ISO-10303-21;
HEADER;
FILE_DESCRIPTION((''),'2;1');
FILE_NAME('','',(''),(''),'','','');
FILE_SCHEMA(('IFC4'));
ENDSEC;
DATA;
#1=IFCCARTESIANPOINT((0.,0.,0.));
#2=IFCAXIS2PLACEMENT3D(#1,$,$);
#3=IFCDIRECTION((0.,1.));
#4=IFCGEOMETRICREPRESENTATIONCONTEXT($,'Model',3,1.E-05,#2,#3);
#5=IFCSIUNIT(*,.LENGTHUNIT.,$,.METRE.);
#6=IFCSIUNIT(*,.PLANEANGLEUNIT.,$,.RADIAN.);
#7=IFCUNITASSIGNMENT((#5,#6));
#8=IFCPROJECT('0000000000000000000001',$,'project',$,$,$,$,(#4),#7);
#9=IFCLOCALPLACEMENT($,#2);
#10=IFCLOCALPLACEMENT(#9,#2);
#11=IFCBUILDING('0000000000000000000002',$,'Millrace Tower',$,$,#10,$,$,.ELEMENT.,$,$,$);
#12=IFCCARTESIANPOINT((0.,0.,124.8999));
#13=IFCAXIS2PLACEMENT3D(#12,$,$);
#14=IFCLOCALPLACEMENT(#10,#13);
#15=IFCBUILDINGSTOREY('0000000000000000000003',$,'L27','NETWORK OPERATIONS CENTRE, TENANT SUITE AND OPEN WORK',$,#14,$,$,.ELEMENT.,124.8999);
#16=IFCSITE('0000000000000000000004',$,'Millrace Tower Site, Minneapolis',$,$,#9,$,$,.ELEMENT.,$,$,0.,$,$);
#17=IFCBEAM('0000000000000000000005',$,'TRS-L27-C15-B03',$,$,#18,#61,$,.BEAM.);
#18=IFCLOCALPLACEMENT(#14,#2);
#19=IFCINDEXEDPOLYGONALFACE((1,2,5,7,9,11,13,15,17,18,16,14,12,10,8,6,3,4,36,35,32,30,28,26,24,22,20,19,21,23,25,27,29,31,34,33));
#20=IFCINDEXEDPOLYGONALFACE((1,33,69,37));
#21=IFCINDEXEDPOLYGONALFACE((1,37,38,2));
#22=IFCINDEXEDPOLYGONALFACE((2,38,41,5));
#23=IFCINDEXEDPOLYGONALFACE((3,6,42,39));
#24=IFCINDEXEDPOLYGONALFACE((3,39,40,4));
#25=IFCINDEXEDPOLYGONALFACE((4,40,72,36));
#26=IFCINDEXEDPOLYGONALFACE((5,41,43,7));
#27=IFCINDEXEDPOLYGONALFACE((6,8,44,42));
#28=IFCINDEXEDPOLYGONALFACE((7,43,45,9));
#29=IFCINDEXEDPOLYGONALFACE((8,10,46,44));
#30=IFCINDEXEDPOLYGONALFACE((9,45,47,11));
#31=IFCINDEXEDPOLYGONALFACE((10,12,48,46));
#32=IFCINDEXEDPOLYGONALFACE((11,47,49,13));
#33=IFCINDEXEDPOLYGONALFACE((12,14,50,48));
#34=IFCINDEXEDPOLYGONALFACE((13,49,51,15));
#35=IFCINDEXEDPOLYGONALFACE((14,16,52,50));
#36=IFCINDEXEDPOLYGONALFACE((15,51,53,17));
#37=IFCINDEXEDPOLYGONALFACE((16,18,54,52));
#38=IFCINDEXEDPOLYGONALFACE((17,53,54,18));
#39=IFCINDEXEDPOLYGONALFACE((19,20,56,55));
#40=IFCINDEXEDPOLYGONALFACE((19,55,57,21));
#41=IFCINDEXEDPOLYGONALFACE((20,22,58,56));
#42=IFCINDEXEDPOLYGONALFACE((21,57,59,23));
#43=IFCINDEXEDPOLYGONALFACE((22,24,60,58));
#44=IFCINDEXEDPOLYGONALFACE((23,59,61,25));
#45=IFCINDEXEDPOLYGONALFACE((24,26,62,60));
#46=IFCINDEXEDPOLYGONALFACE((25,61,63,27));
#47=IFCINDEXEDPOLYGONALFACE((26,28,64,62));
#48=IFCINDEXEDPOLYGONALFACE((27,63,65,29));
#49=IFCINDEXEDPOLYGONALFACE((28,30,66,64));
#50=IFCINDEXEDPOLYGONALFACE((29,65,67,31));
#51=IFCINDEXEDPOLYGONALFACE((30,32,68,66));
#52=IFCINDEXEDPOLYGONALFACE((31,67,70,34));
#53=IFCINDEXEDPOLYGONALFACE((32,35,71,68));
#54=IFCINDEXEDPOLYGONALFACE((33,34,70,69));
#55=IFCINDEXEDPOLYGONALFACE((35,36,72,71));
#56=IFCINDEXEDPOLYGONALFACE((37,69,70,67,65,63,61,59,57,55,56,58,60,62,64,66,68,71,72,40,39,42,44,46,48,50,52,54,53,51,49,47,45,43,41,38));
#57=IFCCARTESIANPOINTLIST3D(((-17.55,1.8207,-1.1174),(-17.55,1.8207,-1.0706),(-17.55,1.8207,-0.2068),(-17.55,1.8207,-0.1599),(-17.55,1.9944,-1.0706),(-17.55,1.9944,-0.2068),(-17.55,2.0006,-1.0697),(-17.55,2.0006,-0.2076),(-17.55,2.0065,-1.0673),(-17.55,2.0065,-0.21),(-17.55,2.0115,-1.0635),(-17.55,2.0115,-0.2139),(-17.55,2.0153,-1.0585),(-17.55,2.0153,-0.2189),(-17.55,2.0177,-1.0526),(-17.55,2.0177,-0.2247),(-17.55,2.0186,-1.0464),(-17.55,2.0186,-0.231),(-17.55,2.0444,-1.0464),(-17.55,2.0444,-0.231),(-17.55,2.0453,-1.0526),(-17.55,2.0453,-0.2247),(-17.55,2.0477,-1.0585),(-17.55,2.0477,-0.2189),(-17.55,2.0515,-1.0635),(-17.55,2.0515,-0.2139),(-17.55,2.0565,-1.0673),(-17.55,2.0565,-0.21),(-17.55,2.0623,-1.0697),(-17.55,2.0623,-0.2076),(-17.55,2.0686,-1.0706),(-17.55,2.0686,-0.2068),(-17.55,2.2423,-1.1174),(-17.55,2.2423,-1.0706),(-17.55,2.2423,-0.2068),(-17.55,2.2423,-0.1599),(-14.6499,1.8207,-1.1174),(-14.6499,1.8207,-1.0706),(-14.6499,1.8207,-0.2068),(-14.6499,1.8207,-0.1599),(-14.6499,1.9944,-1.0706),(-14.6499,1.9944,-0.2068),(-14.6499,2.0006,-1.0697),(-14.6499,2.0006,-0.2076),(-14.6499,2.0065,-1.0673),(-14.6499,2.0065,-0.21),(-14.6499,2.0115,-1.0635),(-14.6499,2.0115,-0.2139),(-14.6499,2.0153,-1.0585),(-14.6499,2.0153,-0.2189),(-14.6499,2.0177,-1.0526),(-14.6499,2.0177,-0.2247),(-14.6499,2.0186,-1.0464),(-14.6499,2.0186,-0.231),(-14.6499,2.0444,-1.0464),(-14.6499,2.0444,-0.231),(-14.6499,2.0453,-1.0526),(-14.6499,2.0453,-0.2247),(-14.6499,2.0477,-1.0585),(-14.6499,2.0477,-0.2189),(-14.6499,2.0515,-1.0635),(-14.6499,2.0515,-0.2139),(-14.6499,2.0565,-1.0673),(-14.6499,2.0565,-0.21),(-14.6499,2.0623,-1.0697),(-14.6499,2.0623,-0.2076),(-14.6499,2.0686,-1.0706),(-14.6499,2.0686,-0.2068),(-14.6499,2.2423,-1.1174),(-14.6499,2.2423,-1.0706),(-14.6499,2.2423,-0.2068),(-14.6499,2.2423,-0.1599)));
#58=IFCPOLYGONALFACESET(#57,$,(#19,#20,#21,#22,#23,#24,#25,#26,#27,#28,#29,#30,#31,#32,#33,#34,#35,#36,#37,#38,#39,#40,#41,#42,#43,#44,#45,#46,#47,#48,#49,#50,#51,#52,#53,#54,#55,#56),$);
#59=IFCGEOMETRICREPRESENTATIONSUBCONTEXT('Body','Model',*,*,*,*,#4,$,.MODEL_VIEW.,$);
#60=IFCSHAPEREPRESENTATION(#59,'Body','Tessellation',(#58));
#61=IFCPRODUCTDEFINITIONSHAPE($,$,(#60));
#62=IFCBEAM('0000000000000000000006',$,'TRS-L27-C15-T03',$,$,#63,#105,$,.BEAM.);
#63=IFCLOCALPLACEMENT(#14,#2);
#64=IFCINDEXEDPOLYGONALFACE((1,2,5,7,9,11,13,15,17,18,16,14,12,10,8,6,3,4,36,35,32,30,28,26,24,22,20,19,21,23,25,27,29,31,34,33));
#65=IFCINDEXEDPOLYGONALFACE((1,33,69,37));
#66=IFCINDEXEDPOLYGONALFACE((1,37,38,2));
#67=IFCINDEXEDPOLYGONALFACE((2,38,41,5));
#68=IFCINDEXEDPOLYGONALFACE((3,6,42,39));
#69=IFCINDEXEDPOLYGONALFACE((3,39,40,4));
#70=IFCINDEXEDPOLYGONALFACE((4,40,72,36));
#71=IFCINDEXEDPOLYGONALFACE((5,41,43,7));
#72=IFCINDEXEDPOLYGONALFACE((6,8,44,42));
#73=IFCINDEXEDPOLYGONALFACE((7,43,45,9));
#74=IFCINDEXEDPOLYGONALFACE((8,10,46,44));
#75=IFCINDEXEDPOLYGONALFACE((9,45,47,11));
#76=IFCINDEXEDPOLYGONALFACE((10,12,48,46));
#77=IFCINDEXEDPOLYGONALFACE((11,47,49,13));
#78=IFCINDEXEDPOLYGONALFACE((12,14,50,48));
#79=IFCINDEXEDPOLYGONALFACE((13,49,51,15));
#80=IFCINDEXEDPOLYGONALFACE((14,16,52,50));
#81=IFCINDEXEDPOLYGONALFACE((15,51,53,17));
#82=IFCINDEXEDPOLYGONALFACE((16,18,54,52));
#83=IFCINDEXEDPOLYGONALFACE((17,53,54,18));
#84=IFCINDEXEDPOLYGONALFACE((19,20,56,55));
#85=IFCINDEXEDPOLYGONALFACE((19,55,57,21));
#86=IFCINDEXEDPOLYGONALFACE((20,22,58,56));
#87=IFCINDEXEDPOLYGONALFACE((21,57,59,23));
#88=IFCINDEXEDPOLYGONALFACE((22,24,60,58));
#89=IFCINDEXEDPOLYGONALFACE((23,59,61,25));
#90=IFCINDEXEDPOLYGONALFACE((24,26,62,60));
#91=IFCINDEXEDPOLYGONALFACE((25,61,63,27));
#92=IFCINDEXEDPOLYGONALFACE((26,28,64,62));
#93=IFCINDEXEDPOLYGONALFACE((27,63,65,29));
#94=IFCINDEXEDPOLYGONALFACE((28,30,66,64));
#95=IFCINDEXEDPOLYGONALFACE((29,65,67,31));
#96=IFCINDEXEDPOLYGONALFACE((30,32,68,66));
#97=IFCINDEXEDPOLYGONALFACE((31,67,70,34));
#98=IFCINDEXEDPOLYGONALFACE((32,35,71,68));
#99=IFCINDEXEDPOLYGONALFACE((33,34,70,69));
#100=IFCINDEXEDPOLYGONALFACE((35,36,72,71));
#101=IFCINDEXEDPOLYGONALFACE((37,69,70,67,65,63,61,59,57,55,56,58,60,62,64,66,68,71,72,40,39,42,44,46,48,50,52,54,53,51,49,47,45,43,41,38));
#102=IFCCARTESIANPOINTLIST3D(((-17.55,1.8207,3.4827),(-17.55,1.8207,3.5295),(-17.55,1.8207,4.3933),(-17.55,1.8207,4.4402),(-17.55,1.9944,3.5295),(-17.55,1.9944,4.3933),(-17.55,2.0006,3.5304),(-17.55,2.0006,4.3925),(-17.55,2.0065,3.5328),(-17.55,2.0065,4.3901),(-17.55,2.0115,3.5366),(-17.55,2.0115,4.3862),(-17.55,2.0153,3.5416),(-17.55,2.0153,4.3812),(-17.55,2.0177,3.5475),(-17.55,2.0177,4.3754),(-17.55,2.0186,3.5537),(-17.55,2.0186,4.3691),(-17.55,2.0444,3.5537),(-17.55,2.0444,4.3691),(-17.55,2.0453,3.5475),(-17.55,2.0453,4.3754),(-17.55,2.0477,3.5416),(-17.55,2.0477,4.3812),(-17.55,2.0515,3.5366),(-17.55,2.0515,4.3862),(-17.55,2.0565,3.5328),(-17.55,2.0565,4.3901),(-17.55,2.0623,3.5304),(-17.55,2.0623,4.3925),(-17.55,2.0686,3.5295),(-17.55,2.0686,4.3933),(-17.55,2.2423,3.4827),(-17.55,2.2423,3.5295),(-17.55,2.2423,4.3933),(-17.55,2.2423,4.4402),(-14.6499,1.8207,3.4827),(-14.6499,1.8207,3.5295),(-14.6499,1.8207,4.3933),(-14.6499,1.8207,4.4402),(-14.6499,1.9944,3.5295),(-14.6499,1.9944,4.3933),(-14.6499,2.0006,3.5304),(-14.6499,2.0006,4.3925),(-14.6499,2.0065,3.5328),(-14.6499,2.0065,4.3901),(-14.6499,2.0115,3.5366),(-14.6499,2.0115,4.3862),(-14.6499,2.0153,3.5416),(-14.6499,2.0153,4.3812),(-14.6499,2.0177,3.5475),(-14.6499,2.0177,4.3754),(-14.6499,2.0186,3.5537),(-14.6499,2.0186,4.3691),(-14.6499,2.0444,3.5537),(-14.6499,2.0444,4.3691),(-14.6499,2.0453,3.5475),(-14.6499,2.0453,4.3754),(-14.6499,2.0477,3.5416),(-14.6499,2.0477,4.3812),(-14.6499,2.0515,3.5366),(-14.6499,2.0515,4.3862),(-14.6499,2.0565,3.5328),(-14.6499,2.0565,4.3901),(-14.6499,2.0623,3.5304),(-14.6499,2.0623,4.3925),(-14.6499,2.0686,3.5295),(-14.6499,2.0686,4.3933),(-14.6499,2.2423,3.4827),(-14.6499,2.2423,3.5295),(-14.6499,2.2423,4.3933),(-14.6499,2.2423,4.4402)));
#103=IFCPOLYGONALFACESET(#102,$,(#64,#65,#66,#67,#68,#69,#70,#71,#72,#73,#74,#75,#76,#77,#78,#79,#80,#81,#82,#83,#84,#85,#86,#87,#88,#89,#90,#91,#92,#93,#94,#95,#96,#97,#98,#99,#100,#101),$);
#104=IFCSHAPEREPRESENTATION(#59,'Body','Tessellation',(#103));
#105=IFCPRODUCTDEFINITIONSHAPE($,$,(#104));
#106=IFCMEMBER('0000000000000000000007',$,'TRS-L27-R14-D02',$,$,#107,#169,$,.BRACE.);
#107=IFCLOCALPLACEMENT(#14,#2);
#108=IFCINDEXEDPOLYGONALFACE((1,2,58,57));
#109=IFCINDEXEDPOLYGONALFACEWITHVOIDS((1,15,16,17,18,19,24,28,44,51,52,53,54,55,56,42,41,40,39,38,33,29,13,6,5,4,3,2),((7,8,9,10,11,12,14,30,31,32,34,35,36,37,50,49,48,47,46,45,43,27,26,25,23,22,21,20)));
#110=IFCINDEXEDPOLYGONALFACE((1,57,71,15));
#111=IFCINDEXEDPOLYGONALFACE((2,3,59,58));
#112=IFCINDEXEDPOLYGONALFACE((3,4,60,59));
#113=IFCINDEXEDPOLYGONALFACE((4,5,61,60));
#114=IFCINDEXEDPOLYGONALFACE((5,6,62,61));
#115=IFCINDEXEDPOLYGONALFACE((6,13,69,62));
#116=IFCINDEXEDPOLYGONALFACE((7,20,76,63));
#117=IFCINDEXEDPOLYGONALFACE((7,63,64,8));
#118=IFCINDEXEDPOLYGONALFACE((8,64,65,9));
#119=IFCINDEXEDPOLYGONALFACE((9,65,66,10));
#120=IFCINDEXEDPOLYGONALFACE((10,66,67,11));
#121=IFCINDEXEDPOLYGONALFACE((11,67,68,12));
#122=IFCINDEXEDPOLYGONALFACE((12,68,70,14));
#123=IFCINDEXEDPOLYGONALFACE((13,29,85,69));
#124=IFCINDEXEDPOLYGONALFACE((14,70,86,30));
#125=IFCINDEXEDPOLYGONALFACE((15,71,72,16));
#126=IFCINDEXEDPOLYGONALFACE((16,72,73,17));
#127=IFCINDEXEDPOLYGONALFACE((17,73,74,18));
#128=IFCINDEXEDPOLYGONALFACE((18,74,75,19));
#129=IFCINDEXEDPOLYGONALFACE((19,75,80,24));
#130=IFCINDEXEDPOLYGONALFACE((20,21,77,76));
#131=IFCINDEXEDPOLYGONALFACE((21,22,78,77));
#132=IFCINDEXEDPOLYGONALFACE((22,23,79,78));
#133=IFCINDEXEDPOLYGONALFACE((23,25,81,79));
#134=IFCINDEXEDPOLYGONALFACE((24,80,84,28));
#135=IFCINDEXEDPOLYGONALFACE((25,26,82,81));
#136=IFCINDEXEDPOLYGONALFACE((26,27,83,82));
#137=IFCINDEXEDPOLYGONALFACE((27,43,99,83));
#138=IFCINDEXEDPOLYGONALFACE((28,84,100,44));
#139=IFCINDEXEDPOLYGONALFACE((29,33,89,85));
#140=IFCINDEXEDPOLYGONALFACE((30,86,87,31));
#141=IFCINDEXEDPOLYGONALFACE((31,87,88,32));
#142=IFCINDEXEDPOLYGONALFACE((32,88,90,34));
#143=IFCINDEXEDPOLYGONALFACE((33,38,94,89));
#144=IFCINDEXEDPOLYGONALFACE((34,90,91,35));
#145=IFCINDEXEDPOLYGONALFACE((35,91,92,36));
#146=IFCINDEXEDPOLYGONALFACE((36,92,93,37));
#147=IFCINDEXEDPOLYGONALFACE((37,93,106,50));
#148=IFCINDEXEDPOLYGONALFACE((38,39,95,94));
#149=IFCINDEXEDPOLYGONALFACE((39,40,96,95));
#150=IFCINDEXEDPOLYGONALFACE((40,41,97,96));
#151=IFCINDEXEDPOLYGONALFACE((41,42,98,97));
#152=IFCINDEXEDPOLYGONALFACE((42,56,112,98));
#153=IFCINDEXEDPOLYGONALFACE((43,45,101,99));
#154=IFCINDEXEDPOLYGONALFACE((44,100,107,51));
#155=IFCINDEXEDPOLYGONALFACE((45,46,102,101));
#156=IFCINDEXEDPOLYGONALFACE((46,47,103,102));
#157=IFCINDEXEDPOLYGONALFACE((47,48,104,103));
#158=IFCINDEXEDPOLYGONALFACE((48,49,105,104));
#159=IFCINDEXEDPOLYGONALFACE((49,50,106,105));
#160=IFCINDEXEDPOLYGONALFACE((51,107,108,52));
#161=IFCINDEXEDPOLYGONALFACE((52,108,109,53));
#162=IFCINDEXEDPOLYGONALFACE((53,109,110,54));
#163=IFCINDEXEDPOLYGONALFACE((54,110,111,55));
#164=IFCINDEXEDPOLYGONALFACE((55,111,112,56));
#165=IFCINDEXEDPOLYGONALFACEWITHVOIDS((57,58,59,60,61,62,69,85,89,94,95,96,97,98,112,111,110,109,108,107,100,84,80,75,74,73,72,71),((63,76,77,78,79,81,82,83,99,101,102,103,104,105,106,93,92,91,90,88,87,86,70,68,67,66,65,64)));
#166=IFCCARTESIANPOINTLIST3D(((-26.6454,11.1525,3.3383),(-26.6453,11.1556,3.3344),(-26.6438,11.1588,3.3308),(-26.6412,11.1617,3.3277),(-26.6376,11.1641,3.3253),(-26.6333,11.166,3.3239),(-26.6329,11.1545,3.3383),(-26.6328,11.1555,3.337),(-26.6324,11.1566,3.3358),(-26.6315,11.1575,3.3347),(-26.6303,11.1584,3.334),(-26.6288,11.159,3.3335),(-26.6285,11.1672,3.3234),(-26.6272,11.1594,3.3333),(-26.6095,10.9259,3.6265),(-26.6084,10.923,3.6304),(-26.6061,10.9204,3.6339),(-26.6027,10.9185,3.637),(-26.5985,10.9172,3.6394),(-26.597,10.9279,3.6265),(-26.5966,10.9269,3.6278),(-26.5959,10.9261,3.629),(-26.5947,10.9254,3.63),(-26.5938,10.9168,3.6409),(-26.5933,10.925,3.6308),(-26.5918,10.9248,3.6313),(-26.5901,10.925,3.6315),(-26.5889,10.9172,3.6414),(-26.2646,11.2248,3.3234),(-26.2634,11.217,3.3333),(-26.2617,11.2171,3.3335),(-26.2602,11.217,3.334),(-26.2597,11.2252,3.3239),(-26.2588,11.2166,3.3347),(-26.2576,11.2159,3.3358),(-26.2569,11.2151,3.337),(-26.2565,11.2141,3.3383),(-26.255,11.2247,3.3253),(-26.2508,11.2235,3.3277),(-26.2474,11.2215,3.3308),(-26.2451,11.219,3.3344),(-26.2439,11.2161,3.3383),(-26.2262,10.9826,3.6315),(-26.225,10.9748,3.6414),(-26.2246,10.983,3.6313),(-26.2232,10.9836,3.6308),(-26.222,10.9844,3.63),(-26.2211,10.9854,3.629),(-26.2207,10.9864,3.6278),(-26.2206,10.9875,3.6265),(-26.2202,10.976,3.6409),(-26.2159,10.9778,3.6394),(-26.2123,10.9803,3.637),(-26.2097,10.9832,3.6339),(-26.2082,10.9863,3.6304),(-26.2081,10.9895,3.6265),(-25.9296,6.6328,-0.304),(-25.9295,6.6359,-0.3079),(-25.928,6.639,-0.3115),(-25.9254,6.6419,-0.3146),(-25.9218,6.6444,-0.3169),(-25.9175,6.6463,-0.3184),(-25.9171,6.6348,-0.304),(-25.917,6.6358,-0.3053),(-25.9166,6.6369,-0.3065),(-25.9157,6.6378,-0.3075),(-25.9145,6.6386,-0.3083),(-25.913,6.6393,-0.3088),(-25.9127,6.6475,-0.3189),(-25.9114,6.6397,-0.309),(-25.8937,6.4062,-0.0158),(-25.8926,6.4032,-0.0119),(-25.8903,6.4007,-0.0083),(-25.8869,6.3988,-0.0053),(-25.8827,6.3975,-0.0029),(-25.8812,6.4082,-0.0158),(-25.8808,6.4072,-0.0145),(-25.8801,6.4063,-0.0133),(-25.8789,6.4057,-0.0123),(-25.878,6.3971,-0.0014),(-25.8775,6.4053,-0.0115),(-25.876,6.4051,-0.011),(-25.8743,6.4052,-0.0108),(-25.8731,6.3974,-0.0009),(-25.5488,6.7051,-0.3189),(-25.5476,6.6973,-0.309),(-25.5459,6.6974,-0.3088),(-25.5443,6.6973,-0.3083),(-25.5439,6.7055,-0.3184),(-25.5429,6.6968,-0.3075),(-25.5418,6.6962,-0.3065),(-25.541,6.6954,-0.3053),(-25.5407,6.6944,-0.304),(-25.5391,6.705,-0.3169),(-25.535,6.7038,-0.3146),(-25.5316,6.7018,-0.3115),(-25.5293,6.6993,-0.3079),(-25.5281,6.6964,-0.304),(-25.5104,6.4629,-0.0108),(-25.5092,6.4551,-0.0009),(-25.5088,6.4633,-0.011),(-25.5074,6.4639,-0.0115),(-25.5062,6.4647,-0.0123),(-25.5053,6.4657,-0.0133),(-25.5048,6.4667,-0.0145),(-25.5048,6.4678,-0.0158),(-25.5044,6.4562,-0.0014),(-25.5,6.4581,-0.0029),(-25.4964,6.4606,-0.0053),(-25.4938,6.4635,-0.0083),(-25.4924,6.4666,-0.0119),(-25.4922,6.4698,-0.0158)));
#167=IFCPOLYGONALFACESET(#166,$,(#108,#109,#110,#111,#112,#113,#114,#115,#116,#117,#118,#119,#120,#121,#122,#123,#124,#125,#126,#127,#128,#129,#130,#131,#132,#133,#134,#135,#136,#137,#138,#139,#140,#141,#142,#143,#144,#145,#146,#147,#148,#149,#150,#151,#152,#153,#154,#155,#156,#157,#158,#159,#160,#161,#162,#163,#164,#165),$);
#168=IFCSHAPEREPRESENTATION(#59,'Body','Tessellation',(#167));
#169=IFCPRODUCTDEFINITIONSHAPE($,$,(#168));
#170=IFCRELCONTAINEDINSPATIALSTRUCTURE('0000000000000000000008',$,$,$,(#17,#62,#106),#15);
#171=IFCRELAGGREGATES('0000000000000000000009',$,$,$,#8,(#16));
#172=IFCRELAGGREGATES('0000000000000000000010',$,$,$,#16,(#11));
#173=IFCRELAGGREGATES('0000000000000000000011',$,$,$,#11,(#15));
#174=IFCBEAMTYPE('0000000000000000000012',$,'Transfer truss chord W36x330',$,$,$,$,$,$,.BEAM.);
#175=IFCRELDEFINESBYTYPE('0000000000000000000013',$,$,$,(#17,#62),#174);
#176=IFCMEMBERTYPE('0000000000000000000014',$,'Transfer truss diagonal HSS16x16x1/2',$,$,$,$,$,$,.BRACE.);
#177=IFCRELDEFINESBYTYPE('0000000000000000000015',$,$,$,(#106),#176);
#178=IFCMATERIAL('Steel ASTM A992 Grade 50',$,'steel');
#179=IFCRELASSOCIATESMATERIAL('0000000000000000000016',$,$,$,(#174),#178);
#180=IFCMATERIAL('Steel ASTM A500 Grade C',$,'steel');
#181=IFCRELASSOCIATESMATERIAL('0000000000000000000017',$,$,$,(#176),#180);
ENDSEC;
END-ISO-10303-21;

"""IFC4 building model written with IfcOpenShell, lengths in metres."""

from ifc_helpers import new_model, si_unit, direction, frame, origin, origin_2d, place, context, subcontext, project, spatial, hollow_rectangle, i_section, extrude, material, material_profile, profile_set, type_object, element, save


model = new_model("IFC4")

# Units and contexts
model_context = context("Model", 3, precision=1e-05, world=origin(), true_north=direction((0.0, 1.0)))
body_context = subcontext(model_context, "Body", "Model", "MODEL_VIEW")
ifc_project = project(units=[si_unit("LENGTHUNIT", "METRE"), si_unit("PLANEANGLEUNIT", "RADIAN")], contexts=[model_context])

# Site, building, storey
site_placement = place(None, origin())
site = spatial("IfcSite", under=ifc_project, at=site_placement, Name="Millrace Tower Site, Minneapolis", CompositionType="ELEMENT", RefElevation=0.0)
building_placement = place(site_placement, origin())
building = spatial("IfcBuilding", under=site, at=building_placement, Name="Millrace Tower", CompositionType="ELEMENT")
storey_placement = place(building_placement, frame((0.0, 0.0, 124.8999)))
storey = spatial("IfcBuildingStorey", under=building, at=storey_placement, Name="L27", Description="NETWORK OPERATIONS CENTRE, TENANT SUITE AND OPEN WORK", CompositionType="ELEMENT", Elevation=124.8999)

# Beams
ifc_material_1 = material(Name="Steel ASTM A992 Grade 50", Category="steel")
ifc_material_profile_1 = material_profile(ifc_material_1, i_section(OverallWidth=0.4216, OverallDepth=0.9575, WebThickness=0.0259, FlangeThickness=0.0469, FilletRadius=0.0242, at=origin_2d()))
ifc_profile_set_1 = profile_set([ifc_material_profile_1], Name="Steel ASTM A992 Grade 50")
beam_type_1 = type_object("IfcBeamType", Name="Transfer truss chord W36x330", PredefinedType="BEAM", material=ifc_profile_set_1)
for number, where, z_axis, x_axis, name in (
    (1, (-17.55, 2.0315, -0.6387), (1.0, 0.0, 0.0), (0.0, 1.0, 0.0), "TRS-L27-C15-B03"),
    (2, (-17.55, 2.0315, 3.9614), (1.0, 0.0, 0.0), (0.0, 1.0, 0.0), "TRS-L27-C15-T03"),
):
    element("IfcBeam", number, at=place(storey_placement, frame(where, z_axis=z_axis, x_axis=x_axis)), inside=storey, type_object=beam_type_1, Name=name, PredefinedType="BEAM", context=body_context, shape_type="SweptSolid", body=[
        extrude(i_section(OverallWidth=0.4216, OverallDepth=0.9575, WebThickness=0.0259, FlangeThickness=0.0469, FilletRadius=0.0242, at=origin_2d()), origin(), (0.0, 0.0, 1.0), 2.9001),
    ])

# Member
ifc_material_2 = material(Name="Steel ASTM A500 Grade C", Category="steel")
ifc_material_profile_2 = material_profile(ifc_material_2, hollow_rectangle(XDim=0.4065, YDim=0.4065, WallThickness=0.0127, InnerFilletRadius=0.0063, OuterFilletRadius=0.019, at=origin_2d()))
ifc_profile_set_2 = profile_set([ifc_material_profile_2], Name="Steel ASTM A500 Grade C")
member_type_1 = type_object("IfcMemberType", Name="Transfer truss diagonal HSS16x16x1/2", PredefinedType="BRACE", material=ifc_profile_set_2)
member_1_placement = place(storey_placement, frame((-25.7109, 6.5513, -0.1599), z_axis=(-0.12239, 0.772782, 0.622759), x_axis=(-0.98769, -0.156426, 0.0)))
element("IfcMember", 3, at=member_1_placement, inside=storey, type_object=member_type_1, Name="TRS-L27-R14-D02", PredefinedType="BRACE", context=body_context, shape_type="SweptSolid", body=[
    extrude(hollow_rectangle(XDim=0.4065, YDim=0.4065, WallThickness=0.0127, InnerFilletRadius=0.0063, OuterFilletRadius=0.019, at=origin_2d()), origin(), (0.0, 0.0, 1.0), 5.8486),
])

save(model, "model.ifc")
